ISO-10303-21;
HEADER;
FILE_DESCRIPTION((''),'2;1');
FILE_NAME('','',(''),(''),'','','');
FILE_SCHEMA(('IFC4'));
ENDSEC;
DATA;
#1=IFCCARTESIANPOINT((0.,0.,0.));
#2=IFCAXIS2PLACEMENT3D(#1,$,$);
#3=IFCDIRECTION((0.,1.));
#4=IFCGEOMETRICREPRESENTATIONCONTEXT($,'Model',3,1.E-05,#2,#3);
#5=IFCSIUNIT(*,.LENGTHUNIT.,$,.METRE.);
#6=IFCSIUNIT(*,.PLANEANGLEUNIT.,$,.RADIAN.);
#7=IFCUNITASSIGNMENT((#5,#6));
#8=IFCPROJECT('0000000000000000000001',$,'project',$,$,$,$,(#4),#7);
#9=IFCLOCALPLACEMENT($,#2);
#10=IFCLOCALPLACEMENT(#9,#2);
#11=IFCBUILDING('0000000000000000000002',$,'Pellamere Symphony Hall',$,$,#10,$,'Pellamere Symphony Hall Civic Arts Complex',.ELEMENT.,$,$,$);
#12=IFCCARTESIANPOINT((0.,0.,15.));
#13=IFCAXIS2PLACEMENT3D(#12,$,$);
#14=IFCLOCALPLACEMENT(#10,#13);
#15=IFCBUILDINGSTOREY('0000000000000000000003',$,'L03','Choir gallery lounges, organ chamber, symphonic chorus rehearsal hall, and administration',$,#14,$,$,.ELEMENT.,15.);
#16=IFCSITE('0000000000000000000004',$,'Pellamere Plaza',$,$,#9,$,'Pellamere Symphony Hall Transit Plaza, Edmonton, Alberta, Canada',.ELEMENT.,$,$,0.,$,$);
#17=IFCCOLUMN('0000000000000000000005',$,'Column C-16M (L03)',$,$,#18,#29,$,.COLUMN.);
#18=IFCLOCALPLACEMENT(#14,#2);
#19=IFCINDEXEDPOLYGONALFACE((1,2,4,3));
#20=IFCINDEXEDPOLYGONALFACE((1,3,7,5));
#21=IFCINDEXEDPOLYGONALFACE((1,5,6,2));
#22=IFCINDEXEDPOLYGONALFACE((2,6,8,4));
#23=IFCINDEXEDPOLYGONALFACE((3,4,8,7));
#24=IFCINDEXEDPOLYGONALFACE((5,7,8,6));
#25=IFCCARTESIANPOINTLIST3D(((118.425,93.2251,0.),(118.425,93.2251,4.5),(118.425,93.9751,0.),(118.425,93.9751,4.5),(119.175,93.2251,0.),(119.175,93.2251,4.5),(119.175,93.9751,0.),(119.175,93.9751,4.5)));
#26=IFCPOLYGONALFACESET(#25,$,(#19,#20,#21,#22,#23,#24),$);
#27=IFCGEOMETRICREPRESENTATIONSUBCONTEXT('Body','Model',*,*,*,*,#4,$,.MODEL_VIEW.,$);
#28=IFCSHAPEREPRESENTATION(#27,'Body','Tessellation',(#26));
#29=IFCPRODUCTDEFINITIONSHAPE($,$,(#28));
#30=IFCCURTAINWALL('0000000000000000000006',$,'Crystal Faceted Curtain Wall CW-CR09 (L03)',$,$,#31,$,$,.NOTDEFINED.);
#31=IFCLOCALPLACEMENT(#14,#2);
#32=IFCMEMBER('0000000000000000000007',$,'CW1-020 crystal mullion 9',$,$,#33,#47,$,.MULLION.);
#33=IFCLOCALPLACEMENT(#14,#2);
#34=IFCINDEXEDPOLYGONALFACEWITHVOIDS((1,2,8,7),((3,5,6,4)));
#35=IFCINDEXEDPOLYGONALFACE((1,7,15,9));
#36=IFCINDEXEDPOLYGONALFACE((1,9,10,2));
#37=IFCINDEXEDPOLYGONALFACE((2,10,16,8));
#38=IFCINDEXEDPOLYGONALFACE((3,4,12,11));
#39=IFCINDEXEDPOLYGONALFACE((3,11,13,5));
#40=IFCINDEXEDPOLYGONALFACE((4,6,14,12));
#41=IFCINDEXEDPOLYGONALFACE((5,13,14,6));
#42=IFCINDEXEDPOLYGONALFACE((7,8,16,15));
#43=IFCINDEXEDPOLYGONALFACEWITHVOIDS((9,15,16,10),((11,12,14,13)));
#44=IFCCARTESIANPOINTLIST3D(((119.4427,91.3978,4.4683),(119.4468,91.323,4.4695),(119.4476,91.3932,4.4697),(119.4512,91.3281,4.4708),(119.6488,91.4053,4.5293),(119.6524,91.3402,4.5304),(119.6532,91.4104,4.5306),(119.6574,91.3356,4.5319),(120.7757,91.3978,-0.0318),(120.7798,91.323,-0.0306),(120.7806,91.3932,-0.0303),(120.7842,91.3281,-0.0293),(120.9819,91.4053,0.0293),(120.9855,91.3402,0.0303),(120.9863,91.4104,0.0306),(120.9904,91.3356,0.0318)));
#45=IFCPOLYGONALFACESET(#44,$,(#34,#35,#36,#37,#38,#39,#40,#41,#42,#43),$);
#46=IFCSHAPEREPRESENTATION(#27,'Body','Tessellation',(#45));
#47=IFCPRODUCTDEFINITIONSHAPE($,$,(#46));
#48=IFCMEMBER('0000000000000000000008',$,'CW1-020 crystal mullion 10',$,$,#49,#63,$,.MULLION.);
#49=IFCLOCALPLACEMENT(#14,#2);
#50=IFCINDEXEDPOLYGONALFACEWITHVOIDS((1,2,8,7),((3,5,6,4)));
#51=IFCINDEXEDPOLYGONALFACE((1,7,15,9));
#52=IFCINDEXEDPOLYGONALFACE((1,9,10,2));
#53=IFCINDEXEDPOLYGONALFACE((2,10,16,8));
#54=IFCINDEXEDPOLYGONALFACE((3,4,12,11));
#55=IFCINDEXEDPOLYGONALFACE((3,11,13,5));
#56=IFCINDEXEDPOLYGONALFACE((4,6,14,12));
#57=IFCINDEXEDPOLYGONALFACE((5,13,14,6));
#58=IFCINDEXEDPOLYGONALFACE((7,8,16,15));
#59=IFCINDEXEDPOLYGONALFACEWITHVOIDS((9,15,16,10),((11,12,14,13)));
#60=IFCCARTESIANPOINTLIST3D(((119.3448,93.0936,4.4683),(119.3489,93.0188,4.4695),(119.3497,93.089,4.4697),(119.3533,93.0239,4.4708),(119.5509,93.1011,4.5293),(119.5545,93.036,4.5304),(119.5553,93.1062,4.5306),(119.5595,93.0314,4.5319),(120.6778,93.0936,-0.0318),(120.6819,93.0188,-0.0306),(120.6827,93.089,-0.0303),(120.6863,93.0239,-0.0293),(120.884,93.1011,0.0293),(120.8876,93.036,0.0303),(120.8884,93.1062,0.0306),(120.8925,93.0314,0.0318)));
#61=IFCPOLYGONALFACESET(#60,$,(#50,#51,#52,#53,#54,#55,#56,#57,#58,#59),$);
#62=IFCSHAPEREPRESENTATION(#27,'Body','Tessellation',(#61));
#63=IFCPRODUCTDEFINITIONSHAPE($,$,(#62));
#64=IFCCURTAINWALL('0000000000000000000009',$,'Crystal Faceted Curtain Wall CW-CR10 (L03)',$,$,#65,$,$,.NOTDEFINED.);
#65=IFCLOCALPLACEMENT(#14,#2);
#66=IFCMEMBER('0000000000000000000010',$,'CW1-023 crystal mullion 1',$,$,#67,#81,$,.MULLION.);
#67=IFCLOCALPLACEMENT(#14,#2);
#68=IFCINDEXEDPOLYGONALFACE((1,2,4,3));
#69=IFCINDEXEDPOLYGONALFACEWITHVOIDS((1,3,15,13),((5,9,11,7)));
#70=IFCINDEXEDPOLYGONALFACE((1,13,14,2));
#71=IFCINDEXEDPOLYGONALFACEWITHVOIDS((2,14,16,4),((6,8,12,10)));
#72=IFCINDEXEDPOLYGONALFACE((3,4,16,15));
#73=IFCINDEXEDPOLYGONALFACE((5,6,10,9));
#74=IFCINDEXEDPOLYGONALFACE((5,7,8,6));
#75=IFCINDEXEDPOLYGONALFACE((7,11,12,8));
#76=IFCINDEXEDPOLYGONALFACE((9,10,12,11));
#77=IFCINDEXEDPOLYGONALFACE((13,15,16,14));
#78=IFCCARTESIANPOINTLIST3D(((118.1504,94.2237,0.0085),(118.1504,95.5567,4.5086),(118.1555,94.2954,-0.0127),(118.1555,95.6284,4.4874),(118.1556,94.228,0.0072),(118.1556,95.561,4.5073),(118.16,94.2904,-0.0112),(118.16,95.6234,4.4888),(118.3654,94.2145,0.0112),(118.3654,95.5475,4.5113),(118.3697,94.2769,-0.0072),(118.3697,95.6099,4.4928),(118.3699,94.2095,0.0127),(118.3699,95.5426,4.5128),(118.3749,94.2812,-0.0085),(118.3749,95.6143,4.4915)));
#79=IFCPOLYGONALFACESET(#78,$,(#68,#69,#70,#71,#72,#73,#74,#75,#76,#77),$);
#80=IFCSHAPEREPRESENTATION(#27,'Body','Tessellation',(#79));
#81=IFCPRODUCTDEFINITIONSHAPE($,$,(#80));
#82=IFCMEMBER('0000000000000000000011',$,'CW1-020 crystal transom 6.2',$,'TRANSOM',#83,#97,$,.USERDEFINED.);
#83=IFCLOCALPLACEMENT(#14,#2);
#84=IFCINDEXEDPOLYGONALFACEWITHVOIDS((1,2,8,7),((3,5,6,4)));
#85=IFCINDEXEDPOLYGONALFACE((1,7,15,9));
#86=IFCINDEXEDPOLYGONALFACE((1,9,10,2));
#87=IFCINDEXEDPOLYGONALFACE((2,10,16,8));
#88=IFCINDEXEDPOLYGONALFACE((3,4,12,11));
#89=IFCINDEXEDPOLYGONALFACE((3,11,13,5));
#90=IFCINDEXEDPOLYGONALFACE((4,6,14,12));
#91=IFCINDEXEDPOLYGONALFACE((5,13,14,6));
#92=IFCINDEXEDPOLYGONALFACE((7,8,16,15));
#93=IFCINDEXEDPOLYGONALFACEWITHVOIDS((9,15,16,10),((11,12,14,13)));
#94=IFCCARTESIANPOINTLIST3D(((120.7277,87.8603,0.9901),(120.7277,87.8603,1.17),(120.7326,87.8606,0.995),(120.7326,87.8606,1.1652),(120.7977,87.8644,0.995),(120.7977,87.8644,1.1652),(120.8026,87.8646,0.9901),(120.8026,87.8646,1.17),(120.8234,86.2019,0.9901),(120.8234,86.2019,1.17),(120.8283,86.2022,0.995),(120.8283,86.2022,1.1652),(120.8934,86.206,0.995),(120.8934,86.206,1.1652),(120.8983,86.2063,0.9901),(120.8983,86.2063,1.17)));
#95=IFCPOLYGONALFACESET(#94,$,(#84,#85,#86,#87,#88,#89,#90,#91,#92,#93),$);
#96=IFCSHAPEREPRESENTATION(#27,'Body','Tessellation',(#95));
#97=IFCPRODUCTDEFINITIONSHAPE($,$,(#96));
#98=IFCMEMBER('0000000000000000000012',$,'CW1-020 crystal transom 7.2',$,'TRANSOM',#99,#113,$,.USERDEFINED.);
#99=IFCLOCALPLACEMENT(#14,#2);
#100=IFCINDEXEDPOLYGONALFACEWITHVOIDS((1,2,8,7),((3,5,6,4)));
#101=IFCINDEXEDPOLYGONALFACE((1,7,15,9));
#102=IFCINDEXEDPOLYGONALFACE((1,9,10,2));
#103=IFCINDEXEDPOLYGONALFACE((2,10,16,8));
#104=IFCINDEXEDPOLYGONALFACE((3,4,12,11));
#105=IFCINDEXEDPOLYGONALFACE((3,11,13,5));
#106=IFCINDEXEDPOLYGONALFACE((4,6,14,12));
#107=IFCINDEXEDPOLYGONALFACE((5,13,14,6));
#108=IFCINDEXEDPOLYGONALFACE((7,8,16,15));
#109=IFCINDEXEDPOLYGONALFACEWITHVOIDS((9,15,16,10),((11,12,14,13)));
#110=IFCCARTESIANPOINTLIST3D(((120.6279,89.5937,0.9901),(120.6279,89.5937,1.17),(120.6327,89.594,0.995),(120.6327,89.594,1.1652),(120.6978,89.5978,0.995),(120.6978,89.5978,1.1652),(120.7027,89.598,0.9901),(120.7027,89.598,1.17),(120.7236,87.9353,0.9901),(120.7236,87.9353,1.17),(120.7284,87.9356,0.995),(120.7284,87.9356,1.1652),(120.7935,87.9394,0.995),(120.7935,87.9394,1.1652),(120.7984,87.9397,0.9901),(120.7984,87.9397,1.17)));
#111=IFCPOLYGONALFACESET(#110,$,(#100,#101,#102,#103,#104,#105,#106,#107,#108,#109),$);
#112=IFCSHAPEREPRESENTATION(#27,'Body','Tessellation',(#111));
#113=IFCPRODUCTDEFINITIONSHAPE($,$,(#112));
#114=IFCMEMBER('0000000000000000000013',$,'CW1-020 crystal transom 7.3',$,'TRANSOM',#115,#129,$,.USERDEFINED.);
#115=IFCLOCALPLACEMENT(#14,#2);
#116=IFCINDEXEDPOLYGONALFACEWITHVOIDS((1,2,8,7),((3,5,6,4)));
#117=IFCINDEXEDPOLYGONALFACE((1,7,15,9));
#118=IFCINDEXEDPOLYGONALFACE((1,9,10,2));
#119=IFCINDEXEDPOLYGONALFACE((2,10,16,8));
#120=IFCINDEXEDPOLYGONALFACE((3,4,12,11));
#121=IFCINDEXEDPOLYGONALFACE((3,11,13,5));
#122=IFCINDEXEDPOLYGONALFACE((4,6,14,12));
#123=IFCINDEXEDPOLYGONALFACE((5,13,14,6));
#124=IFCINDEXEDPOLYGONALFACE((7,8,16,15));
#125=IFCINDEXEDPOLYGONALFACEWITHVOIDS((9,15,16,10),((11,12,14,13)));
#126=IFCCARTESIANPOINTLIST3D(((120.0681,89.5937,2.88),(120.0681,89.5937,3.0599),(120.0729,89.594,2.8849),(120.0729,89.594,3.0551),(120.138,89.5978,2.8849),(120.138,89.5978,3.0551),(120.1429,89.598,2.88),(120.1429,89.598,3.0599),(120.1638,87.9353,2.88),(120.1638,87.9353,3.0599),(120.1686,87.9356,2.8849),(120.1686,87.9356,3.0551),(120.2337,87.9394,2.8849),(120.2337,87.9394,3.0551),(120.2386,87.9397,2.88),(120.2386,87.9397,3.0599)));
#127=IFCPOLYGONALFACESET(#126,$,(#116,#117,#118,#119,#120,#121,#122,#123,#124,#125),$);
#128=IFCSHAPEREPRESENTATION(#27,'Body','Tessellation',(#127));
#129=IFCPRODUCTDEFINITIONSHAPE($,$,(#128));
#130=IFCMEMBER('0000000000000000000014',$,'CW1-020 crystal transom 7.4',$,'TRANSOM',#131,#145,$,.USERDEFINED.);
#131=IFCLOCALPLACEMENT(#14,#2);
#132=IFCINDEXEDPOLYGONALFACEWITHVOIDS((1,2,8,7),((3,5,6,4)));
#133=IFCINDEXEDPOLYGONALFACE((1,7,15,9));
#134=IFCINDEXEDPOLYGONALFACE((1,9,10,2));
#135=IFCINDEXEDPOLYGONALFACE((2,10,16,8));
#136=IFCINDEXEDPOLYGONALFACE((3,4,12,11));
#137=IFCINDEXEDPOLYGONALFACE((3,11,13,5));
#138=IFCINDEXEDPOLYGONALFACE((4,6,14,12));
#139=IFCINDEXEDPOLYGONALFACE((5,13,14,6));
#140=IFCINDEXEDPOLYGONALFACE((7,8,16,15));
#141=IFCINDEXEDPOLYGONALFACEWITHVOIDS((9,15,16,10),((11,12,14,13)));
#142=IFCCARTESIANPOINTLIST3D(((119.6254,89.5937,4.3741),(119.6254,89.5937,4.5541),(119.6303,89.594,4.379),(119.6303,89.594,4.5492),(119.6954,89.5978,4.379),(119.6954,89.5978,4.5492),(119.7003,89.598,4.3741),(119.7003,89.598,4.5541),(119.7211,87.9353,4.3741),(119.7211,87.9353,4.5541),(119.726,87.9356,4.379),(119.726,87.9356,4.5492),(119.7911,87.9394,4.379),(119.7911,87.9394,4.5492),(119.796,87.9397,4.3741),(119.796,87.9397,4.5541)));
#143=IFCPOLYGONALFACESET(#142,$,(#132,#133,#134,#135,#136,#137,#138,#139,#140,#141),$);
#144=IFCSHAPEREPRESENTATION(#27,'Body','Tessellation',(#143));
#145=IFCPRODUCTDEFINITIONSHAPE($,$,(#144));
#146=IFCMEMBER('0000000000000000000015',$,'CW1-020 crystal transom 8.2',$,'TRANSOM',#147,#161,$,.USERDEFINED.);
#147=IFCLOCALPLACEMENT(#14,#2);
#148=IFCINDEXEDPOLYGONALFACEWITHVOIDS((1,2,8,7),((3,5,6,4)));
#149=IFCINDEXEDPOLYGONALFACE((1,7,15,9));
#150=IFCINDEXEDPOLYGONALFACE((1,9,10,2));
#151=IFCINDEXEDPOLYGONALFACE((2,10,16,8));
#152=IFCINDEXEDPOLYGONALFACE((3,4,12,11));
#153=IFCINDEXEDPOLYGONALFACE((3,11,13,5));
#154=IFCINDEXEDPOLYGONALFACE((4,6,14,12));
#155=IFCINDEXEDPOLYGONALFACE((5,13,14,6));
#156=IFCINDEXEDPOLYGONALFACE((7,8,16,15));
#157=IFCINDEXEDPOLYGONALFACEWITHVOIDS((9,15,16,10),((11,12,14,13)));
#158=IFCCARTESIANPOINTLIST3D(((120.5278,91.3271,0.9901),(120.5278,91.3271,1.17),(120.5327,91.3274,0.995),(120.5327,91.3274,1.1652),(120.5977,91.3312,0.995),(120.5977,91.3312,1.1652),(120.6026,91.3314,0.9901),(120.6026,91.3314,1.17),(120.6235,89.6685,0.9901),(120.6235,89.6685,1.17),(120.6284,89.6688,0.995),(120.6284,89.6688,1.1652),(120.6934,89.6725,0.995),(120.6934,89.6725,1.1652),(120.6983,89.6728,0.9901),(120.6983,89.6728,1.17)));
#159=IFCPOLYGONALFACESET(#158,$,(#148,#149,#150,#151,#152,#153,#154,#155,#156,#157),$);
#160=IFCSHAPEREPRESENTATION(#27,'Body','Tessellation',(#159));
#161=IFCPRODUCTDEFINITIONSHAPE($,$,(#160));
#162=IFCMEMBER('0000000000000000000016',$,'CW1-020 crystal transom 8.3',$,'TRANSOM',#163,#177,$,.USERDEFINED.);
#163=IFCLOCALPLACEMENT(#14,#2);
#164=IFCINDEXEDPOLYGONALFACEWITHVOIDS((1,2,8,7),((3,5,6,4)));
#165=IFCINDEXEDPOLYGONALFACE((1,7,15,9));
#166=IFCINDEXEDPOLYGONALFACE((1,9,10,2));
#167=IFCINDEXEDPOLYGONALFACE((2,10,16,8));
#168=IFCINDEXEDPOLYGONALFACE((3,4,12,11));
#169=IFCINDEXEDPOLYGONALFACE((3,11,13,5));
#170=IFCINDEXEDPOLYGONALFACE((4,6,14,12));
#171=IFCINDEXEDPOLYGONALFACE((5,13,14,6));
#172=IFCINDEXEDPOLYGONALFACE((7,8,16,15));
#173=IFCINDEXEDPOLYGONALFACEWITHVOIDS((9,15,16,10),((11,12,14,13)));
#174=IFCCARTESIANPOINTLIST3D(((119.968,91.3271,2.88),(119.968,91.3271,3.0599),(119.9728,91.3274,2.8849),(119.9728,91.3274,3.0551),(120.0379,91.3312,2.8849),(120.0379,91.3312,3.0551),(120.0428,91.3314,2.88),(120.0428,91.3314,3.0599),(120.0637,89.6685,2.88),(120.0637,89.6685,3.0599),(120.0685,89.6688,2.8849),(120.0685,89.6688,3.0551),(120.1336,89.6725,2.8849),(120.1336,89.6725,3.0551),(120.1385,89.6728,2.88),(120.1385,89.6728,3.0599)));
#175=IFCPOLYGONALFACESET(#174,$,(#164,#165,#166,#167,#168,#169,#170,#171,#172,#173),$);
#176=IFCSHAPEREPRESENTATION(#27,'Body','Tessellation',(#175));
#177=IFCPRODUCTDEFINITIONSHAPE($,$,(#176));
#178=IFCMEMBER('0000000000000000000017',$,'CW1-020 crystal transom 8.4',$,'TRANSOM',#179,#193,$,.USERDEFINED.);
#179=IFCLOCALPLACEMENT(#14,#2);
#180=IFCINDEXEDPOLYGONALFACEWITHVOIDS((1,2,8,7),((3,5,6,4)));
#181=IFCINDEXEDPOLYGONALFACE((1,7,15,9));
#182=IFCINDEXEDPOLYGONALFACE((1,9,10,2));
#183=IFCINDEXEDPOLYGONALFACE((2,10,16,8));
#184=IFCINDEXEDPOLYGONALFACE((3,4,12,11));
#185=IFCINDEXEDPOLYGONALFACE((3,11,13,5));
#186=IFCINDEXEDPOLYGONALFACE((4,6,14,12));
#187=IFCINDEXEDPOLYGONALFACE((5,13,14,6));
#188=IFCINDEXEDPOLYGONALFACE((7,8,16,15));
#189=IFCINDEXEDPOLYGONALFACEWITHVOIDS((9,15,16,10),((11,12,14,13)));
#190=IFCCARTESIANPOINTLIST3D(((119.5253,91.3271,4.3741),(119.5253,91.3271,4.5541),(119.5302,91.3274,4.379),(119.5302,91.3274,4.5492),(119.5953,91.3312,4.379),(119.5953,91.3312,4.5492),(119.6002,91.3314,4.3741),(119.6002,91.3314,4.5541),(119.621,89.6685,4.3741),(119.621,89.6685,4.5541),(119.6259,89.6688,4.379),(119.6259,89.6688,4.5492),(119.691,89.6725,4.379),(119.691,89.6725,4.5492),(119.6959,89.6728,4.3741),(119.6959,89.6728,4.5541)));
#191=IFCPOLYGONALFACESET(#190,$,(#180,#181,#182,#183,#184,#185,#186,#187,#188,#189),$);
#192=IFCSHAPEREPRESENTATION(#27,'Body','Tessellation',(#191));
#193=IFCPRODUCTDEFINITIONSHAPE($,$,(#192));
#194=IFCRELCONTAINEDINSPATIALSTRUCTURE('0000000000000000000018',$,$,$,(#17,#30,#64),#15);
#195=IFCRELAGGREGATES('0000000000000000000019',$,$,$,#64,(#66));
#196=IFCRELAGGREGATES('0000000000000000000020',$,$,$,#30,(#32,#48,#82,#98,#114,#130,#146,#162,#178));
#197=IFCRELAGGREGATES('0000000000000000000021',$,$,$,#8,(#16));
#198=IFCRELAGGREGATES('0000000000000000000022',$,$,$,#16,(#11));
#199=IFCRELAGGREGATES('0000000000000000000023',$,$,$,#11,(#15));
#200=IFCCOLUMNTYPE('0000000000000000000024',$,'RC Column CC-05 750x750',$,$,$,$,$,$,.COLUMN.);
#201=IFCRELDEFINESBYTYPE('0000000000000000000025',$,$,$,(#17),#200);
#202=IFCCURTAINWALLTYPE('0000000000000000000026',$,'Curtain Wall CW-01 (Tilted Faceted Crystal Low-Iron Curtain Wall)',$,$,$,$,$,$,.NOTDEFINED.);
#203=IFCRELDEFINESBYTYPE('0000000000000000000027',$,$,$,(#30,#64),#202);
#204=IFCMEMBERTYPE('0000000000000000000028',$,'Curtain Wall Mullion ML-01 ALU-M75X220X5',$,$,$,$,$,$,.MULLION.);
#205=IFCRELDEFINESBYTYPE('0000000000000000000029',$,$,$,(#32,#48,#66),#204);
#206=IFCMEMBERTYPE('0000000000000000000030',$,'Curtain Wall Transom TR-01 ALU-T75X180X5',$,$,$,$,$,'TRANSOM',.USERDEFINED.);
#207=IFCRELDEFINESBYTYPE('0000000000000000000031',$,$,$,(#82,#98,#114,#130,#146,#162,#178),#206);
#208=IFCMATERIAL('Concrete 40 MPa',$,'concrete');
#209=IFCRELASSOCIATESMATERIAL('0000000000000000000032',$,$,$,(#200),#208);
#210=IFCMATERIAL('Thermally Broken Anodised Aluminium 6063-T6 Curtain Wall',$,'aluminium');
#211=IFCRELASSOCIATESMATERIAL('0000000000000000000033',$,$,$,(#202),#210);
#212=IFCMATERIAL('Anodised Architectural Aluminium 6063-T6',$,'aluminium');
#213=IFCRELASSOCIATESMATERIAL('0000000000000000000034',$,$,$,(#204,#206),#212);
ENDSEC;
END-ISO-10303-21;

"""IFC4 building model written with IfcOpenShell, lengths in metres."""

from ifc_helpers import new_model, si_unit, direction, frame, origin, origin_2d, place, context, subcontext, project, spatial, rectangle, hollow_rectangle, extrude, material, material_profile, profile_set, type_object, element, aggregate, save


model = new_model("IFC4")

# Units and contexts
model_context = context("Model", 3, precision=1e-05, world=origin(), true_north=direction((0.0, 1.0)))
body_context = subcontext(model_context, "Body", "Model", "MODEL_VIEW")
ifc_project = project(units=[si_unit("LENGTHUNIT", "METRE"), si_unit("PLANEANGLEUNIT", "RADIAN")], contexts=[model_context])

# Site, building, storey
site_placement = place(None, origin())
site = spatial("IfcSite", under=ifc_project, at=site_placement, Name="Pellamere Plaza", LongName="Pellamere Symphony Hall Transit Plaza, Edmonton, Alberta, Canada", CompositionType="ELEMENT", RefElevation=0.0)
building_placement = place(site_placement, origin())
building = spatial("IfcBuilding", under=site, at=building_placement, Name="Pellamere Symphony Hall", LongName="Pellamere Symphony Hall Civic Arts Complex", CompositionType="ELEMENT")
storey_placement = place(building_placement, frame((0.0, 0.0, 15.0)))
storey = spatial("IfcBuildingStorey", under=building, at=storey_placement, Name="L03", Description="Choir gallery lounges, organ chamber, symphonic chorus rehearsal hall, and administration", CompositionType="ELEMENT", Elevation=15.0)

# Column
ifc_material_1 = material(Name="Concrete 40 MPa", Category="concrete")
ifc_material_profile_1 = material_profile(ifc_material_1, rectangle(XDim=0.75, YDim=0.75, at=origin_2d()), Name="RC 750x750")
ifc_profile_set_1 = profile_set([ifc_material_profile_1], Name="Concrete 40 MPa")
column_type = type_object("IfcColumnType", Name="RC Column CC-05 750x750", PredefinedType="COLUMN", material=ifc_profile_set_1)
column_placement = place(storey_placement, frame((118.8, 93.6001, 0.0), z_axis=(0.0, 0.0, 1.0), x_axis=(1.0, 0.0, 0.0)))
element("IfcColumn", 1, at=column_placement, inside=storey, type_object=column_type, Name="Column C-16M (L03)", PredefinedType="COLUMN", context=body_context, shape_type="SweptSolid", body=[
    extrude(rectangle(XDim=0.75, YDim=0.75, at=origin_2d()), origin(), (0.0, 0.0, 1.0), 4.5),
])

# Curtain wall, members
ifc_material_2 = material(Name="Thermally Broken Anodised Aluminium 6063-T6 Curtain Wall", Category="aluminium")
curtain_wall_type = type_object("IfcCurtainWallType", Name="Curtain Wall CW-01 (Tilted Faceted Crystal Low-Iron Curtain Wall)", PredefinedType="NOTDEFINED", material=ifc_material_2)
curtain_wall_1_placement = place(storey_placement, origin())
curtain_wall_1 = element("IfcCurtainWall", 2, at=curtain_wall_1_placement, inside=storey, type_object=curtain_wall_type, Name="Crystal Faceted Curtain Wall CW-CR09 (L03)", PredefinedType="NOTDEFINED")
ifc_material_3 = material(Name="Anodised Architectural Aluminium 6063-T6", Category="aluminium")
ifc_material_profile_2 = material_profile(ifc_material_3, hollow_rectangle(XDim=0.075, YDim=0.22, WallThickness=0.0049, at=origin_2d()), Name="ALU-M75X220X5")
ifc_profile_set_2 = profile_set([ifc_material_profile_2], Name="Anodised Architectural Aluminium 6063-T6")
member_type_1 = type_object("IfcMemberType", Name="Curtain Wall Mullion ML-01 ALU-M75X220X5", PredefinedType="MULLION", material=ifc_profile_set_2)
member_1_placement = place(storey_placement, frame((120.8831, 91.3667, 0.0), z_axis=(-0.284025, 0.0, 0.958817), x_axis=(-0.055225, 0.99834, -0.016359)))
member_1 = element("IfcMember", 3, at=member_1_placement, type_object=member_type_1, Name="CW1-020 crystal mullion 9", PredefinedType="MULLION", context=body_context, shape_type="SweptSolid", body=[
    extrude(hollow_rectangle(XDim=0.075, YDim=0.22, WallThickness=0.0049, at=origin_2d()), origin(), (0.0, 0.0, 1.0), 4.6934),
])
member_2_placement = place(storey_placement, frame((120.7852, 93.0625, 0.0), z_axis=(-0.284025, 0.0, 0.958817), x_axis=(-0.055225, 0.99834, -0.016359)))
member_2 = element("IfcMember", 4, at=member_2_placement, type_object=member_type_1, Name="CW1-020 crystal mullion 10", PredefinedType="MULLION", context=body_context, shape_type="SweptSolid", body=[
    extrude(hollow_rectangle(XDim=0.075, YDim=0.22, WallThickness=0.0049, at=origin_2d()), origin(), (0.0, 0.0, 1.0), 4.6934),
])

# Curtain wall, member
curtain_wall_2_placement = place(storey_placement, origin())
curtain_wall_2 = element("IfcCurtainWall", 5, at=curtain_wall_2_placement, inside=storey, type_object=curtain_wall_type, Name="Crystal Faceted Curtain Wall CW-CR10 (L03)", PredefinedType="NOTDEFINED")
member_3_placement = place(storey_placement, frame((118.2627, 94.2524, 0.0), z_axis=(0.0, 0.284025, 0.958817), x_axis=(0.067013, 0.956662, -0.283386)))
member_3 = element("IfcMember", 6, at=member_3_placement, type_object=member_type_1, Name="CW1-023 crystal mullion 1", PredefinedType="MULLION", context=body_context, shape_type="SweptSolid", body=[
    extrude(hollow_rectangle(XDim=0.075, YDim=0.22, WallThickness=0.0049, at=origin_2d()), origin(), (0.0, 0.0, 1.0), 4.6934),
])

# Members
ifc_material_profile_3 = material_profile(ifc_material_3, hollow_rectangle(XDim=0.075, YDim=0.1799, WallThickness=0.0049, at=origin_2d()), Name="ALU-T75X180X5")
ifc_profile_set_3 = profile_set([ifc_material_profile_3], Name="Anodised Architectural Aluminium 6063-T6")
member_type_2 = type_object("IfcMemberType", Name="Curtain Wall Transom TR-01 ALU-T75X180X5", ElementType="TRANSOM", PredefinedType="USERDEFINED", material=ifc_profile_set_3)
member_4_placement = place(storey_placement, frame((120.8608, 86.2041, 1.0801), z_axis=(-0.057611, 0.998339, 0.0), x_axis=(-0.998339, -0.057611, 0.0)))
member_4 = element("IfcMember", 7, at=member_4_placement, type_object=member_type_2, Name="CW1-020 crystal transom 6.2", ObjectType="TRANSOM", PredefinedType="USERDEFINED", context=body_context, shape_type="SweptSolid", body=[
    extrude(hollow_rectangle(XDim=0.075, YDim=0.1799, WallThickness=0.0049, at=origin_2d()), origin(), (0.0, 0.0, 1.0), 1.6611),
])
member_5_placement = place(storey_placement, frame((120.761, 87.9375, 1.0801), z_axis=(-0.057611, 0.998339, 0.0), x_axis=(-0.998339, -0.057611, 0.0)))
member_5 = element("IfcMember", 8, at=member_5_placement, type_object=member_type_2, Name="CW1-020 crystal transom 7.2", ObjectType="TRANSOM", PredefinedType="USERDEFINED", context=body_context, shape_type="SweptSolid", body=[
    extrude(hollow_rectangle(XDim=0.075, YDim=0.1799, WallThickness=0.0049, at=origin_2d()), origin(), (0.0, 0.0, 1.0), 1.6611),
])
member_6_placement = place(storey_placement, frame((120.2012, 87.9375, 2.97), z_axis=(-0.057611, 0.998339, 0.0), x_axis=(-0.998339, -0.057611, 0.0)))
member_6 = element("IfcMember", 9, at=member_6_placement, type_object=member_type_2, Name="CW1-020 crystal transom 7.3", ObjectType="TRANSOM", PredefinedType="USERDEFINED", context=body_context, shape_type="SweptSolid", body=[
    extrude(hollow_rectangle(XDim=0.075, YDim=0.1799, WallThickness=0.0049, at=origin_2d()), origin(), (0.0, 0.0, 1.0), 1.6611),
])
member_7_placement = place(storey_placement, frame((119.7585, 87.9375, 4.4641), z_axis=(-0.057611, 0.998339, 0.0), x_axis=(-0.998339, -0.057611, 0.0)))
member_7 = element("IfcMember", 10, at=member_7_placement, type_object=member_type_2, Name="CW1-020 crystal transom 7.4", ObjectType="TRANSOM", PredefinedType="USERDEFINED", context=body_context, shape_type="SweptSolid", body=[
    extrude(hollow_rectangle(XDim=0.075, YDim=0.1799, WallThickness=0.0049, at=origin_2d()), origin(), (0.0, 0.0, 1.0), 1.6611),
])
member_8_placement = place(storey_placement, frame((120.6609, 89.6707, 1.0801), z_axis=(-0.057602, 0.99834, 0.0), x_axis=(-0.99834, -0.057602, 0.0)))
member_8 = element("IfcMember", 11, at=member_8_placement, type_object=member_type_2, Name="CW1-020 crystal transom 8.2", ObjectType="TRANSOM", PredefinedType="USERDEFINED", context=body_context, shape_type="SweptSolid", body=[
    extrude(hollow_rectangle(XDim=0.075, YDim=0.1799, WallThickness=0.0049, at=origin_2d()), origin(), (0.0, 0.0, 1.0), 1.6614),
])
member_9_placement = place(storey_placement, frame((120.1011, 89.6707, 2.97), z_axis=(-0.057602, 0.99834, 0.0), x_axis=(-0.99834, -0.057602, 0.0)))
member_9 = element("IfcMember", 12, at=member_9_placement, type_object=member_type_2, Name="CW1-020 crystal transom 8.3", ObjectType="TRANSOM", PredefinedType="USERDEFINED", context=body_context, shape_type="SweptSolid", body=[
    extrude(hollow_rectangle(XDim=0.075, YDim=0.1799, WallThickness=0.0049, at=origin_2d()), origin(), (0.0, 0.0, 1.0), 1.6614),
])
member_10_placement = place(storey_placement, frame((119.6584, 89.6707, 4.4641), z_axis=(-0.057602, 0.99834, 0.0), x_axis=(-0.99834, -0.057602, 0.0)))
member_10 = element("IfcMember", 13, at=member_10_placement, type_object=member_type_2, Name="CW1-020 crystal transom 8.4", ObjectType="TRANSOM", PredefinedType="USERDEFINED", context=body_context, shape_type="SweptSolid", body=[
    extrude(hollow_rectangle(XDim=0.075, YDim=0.1799, WallThickness=0.0049, at=origin_2d()), origin(), (0.0, 0.0, 1.0), 1.6614),
])
aggregate(curtain_wall_2, [member_3])

aggregate(curtain_wall_1, [member_1, member_2, member_4, member_5, member_6, member_7, member_8, member_9, member_10])

save(model, "model.ifc")
